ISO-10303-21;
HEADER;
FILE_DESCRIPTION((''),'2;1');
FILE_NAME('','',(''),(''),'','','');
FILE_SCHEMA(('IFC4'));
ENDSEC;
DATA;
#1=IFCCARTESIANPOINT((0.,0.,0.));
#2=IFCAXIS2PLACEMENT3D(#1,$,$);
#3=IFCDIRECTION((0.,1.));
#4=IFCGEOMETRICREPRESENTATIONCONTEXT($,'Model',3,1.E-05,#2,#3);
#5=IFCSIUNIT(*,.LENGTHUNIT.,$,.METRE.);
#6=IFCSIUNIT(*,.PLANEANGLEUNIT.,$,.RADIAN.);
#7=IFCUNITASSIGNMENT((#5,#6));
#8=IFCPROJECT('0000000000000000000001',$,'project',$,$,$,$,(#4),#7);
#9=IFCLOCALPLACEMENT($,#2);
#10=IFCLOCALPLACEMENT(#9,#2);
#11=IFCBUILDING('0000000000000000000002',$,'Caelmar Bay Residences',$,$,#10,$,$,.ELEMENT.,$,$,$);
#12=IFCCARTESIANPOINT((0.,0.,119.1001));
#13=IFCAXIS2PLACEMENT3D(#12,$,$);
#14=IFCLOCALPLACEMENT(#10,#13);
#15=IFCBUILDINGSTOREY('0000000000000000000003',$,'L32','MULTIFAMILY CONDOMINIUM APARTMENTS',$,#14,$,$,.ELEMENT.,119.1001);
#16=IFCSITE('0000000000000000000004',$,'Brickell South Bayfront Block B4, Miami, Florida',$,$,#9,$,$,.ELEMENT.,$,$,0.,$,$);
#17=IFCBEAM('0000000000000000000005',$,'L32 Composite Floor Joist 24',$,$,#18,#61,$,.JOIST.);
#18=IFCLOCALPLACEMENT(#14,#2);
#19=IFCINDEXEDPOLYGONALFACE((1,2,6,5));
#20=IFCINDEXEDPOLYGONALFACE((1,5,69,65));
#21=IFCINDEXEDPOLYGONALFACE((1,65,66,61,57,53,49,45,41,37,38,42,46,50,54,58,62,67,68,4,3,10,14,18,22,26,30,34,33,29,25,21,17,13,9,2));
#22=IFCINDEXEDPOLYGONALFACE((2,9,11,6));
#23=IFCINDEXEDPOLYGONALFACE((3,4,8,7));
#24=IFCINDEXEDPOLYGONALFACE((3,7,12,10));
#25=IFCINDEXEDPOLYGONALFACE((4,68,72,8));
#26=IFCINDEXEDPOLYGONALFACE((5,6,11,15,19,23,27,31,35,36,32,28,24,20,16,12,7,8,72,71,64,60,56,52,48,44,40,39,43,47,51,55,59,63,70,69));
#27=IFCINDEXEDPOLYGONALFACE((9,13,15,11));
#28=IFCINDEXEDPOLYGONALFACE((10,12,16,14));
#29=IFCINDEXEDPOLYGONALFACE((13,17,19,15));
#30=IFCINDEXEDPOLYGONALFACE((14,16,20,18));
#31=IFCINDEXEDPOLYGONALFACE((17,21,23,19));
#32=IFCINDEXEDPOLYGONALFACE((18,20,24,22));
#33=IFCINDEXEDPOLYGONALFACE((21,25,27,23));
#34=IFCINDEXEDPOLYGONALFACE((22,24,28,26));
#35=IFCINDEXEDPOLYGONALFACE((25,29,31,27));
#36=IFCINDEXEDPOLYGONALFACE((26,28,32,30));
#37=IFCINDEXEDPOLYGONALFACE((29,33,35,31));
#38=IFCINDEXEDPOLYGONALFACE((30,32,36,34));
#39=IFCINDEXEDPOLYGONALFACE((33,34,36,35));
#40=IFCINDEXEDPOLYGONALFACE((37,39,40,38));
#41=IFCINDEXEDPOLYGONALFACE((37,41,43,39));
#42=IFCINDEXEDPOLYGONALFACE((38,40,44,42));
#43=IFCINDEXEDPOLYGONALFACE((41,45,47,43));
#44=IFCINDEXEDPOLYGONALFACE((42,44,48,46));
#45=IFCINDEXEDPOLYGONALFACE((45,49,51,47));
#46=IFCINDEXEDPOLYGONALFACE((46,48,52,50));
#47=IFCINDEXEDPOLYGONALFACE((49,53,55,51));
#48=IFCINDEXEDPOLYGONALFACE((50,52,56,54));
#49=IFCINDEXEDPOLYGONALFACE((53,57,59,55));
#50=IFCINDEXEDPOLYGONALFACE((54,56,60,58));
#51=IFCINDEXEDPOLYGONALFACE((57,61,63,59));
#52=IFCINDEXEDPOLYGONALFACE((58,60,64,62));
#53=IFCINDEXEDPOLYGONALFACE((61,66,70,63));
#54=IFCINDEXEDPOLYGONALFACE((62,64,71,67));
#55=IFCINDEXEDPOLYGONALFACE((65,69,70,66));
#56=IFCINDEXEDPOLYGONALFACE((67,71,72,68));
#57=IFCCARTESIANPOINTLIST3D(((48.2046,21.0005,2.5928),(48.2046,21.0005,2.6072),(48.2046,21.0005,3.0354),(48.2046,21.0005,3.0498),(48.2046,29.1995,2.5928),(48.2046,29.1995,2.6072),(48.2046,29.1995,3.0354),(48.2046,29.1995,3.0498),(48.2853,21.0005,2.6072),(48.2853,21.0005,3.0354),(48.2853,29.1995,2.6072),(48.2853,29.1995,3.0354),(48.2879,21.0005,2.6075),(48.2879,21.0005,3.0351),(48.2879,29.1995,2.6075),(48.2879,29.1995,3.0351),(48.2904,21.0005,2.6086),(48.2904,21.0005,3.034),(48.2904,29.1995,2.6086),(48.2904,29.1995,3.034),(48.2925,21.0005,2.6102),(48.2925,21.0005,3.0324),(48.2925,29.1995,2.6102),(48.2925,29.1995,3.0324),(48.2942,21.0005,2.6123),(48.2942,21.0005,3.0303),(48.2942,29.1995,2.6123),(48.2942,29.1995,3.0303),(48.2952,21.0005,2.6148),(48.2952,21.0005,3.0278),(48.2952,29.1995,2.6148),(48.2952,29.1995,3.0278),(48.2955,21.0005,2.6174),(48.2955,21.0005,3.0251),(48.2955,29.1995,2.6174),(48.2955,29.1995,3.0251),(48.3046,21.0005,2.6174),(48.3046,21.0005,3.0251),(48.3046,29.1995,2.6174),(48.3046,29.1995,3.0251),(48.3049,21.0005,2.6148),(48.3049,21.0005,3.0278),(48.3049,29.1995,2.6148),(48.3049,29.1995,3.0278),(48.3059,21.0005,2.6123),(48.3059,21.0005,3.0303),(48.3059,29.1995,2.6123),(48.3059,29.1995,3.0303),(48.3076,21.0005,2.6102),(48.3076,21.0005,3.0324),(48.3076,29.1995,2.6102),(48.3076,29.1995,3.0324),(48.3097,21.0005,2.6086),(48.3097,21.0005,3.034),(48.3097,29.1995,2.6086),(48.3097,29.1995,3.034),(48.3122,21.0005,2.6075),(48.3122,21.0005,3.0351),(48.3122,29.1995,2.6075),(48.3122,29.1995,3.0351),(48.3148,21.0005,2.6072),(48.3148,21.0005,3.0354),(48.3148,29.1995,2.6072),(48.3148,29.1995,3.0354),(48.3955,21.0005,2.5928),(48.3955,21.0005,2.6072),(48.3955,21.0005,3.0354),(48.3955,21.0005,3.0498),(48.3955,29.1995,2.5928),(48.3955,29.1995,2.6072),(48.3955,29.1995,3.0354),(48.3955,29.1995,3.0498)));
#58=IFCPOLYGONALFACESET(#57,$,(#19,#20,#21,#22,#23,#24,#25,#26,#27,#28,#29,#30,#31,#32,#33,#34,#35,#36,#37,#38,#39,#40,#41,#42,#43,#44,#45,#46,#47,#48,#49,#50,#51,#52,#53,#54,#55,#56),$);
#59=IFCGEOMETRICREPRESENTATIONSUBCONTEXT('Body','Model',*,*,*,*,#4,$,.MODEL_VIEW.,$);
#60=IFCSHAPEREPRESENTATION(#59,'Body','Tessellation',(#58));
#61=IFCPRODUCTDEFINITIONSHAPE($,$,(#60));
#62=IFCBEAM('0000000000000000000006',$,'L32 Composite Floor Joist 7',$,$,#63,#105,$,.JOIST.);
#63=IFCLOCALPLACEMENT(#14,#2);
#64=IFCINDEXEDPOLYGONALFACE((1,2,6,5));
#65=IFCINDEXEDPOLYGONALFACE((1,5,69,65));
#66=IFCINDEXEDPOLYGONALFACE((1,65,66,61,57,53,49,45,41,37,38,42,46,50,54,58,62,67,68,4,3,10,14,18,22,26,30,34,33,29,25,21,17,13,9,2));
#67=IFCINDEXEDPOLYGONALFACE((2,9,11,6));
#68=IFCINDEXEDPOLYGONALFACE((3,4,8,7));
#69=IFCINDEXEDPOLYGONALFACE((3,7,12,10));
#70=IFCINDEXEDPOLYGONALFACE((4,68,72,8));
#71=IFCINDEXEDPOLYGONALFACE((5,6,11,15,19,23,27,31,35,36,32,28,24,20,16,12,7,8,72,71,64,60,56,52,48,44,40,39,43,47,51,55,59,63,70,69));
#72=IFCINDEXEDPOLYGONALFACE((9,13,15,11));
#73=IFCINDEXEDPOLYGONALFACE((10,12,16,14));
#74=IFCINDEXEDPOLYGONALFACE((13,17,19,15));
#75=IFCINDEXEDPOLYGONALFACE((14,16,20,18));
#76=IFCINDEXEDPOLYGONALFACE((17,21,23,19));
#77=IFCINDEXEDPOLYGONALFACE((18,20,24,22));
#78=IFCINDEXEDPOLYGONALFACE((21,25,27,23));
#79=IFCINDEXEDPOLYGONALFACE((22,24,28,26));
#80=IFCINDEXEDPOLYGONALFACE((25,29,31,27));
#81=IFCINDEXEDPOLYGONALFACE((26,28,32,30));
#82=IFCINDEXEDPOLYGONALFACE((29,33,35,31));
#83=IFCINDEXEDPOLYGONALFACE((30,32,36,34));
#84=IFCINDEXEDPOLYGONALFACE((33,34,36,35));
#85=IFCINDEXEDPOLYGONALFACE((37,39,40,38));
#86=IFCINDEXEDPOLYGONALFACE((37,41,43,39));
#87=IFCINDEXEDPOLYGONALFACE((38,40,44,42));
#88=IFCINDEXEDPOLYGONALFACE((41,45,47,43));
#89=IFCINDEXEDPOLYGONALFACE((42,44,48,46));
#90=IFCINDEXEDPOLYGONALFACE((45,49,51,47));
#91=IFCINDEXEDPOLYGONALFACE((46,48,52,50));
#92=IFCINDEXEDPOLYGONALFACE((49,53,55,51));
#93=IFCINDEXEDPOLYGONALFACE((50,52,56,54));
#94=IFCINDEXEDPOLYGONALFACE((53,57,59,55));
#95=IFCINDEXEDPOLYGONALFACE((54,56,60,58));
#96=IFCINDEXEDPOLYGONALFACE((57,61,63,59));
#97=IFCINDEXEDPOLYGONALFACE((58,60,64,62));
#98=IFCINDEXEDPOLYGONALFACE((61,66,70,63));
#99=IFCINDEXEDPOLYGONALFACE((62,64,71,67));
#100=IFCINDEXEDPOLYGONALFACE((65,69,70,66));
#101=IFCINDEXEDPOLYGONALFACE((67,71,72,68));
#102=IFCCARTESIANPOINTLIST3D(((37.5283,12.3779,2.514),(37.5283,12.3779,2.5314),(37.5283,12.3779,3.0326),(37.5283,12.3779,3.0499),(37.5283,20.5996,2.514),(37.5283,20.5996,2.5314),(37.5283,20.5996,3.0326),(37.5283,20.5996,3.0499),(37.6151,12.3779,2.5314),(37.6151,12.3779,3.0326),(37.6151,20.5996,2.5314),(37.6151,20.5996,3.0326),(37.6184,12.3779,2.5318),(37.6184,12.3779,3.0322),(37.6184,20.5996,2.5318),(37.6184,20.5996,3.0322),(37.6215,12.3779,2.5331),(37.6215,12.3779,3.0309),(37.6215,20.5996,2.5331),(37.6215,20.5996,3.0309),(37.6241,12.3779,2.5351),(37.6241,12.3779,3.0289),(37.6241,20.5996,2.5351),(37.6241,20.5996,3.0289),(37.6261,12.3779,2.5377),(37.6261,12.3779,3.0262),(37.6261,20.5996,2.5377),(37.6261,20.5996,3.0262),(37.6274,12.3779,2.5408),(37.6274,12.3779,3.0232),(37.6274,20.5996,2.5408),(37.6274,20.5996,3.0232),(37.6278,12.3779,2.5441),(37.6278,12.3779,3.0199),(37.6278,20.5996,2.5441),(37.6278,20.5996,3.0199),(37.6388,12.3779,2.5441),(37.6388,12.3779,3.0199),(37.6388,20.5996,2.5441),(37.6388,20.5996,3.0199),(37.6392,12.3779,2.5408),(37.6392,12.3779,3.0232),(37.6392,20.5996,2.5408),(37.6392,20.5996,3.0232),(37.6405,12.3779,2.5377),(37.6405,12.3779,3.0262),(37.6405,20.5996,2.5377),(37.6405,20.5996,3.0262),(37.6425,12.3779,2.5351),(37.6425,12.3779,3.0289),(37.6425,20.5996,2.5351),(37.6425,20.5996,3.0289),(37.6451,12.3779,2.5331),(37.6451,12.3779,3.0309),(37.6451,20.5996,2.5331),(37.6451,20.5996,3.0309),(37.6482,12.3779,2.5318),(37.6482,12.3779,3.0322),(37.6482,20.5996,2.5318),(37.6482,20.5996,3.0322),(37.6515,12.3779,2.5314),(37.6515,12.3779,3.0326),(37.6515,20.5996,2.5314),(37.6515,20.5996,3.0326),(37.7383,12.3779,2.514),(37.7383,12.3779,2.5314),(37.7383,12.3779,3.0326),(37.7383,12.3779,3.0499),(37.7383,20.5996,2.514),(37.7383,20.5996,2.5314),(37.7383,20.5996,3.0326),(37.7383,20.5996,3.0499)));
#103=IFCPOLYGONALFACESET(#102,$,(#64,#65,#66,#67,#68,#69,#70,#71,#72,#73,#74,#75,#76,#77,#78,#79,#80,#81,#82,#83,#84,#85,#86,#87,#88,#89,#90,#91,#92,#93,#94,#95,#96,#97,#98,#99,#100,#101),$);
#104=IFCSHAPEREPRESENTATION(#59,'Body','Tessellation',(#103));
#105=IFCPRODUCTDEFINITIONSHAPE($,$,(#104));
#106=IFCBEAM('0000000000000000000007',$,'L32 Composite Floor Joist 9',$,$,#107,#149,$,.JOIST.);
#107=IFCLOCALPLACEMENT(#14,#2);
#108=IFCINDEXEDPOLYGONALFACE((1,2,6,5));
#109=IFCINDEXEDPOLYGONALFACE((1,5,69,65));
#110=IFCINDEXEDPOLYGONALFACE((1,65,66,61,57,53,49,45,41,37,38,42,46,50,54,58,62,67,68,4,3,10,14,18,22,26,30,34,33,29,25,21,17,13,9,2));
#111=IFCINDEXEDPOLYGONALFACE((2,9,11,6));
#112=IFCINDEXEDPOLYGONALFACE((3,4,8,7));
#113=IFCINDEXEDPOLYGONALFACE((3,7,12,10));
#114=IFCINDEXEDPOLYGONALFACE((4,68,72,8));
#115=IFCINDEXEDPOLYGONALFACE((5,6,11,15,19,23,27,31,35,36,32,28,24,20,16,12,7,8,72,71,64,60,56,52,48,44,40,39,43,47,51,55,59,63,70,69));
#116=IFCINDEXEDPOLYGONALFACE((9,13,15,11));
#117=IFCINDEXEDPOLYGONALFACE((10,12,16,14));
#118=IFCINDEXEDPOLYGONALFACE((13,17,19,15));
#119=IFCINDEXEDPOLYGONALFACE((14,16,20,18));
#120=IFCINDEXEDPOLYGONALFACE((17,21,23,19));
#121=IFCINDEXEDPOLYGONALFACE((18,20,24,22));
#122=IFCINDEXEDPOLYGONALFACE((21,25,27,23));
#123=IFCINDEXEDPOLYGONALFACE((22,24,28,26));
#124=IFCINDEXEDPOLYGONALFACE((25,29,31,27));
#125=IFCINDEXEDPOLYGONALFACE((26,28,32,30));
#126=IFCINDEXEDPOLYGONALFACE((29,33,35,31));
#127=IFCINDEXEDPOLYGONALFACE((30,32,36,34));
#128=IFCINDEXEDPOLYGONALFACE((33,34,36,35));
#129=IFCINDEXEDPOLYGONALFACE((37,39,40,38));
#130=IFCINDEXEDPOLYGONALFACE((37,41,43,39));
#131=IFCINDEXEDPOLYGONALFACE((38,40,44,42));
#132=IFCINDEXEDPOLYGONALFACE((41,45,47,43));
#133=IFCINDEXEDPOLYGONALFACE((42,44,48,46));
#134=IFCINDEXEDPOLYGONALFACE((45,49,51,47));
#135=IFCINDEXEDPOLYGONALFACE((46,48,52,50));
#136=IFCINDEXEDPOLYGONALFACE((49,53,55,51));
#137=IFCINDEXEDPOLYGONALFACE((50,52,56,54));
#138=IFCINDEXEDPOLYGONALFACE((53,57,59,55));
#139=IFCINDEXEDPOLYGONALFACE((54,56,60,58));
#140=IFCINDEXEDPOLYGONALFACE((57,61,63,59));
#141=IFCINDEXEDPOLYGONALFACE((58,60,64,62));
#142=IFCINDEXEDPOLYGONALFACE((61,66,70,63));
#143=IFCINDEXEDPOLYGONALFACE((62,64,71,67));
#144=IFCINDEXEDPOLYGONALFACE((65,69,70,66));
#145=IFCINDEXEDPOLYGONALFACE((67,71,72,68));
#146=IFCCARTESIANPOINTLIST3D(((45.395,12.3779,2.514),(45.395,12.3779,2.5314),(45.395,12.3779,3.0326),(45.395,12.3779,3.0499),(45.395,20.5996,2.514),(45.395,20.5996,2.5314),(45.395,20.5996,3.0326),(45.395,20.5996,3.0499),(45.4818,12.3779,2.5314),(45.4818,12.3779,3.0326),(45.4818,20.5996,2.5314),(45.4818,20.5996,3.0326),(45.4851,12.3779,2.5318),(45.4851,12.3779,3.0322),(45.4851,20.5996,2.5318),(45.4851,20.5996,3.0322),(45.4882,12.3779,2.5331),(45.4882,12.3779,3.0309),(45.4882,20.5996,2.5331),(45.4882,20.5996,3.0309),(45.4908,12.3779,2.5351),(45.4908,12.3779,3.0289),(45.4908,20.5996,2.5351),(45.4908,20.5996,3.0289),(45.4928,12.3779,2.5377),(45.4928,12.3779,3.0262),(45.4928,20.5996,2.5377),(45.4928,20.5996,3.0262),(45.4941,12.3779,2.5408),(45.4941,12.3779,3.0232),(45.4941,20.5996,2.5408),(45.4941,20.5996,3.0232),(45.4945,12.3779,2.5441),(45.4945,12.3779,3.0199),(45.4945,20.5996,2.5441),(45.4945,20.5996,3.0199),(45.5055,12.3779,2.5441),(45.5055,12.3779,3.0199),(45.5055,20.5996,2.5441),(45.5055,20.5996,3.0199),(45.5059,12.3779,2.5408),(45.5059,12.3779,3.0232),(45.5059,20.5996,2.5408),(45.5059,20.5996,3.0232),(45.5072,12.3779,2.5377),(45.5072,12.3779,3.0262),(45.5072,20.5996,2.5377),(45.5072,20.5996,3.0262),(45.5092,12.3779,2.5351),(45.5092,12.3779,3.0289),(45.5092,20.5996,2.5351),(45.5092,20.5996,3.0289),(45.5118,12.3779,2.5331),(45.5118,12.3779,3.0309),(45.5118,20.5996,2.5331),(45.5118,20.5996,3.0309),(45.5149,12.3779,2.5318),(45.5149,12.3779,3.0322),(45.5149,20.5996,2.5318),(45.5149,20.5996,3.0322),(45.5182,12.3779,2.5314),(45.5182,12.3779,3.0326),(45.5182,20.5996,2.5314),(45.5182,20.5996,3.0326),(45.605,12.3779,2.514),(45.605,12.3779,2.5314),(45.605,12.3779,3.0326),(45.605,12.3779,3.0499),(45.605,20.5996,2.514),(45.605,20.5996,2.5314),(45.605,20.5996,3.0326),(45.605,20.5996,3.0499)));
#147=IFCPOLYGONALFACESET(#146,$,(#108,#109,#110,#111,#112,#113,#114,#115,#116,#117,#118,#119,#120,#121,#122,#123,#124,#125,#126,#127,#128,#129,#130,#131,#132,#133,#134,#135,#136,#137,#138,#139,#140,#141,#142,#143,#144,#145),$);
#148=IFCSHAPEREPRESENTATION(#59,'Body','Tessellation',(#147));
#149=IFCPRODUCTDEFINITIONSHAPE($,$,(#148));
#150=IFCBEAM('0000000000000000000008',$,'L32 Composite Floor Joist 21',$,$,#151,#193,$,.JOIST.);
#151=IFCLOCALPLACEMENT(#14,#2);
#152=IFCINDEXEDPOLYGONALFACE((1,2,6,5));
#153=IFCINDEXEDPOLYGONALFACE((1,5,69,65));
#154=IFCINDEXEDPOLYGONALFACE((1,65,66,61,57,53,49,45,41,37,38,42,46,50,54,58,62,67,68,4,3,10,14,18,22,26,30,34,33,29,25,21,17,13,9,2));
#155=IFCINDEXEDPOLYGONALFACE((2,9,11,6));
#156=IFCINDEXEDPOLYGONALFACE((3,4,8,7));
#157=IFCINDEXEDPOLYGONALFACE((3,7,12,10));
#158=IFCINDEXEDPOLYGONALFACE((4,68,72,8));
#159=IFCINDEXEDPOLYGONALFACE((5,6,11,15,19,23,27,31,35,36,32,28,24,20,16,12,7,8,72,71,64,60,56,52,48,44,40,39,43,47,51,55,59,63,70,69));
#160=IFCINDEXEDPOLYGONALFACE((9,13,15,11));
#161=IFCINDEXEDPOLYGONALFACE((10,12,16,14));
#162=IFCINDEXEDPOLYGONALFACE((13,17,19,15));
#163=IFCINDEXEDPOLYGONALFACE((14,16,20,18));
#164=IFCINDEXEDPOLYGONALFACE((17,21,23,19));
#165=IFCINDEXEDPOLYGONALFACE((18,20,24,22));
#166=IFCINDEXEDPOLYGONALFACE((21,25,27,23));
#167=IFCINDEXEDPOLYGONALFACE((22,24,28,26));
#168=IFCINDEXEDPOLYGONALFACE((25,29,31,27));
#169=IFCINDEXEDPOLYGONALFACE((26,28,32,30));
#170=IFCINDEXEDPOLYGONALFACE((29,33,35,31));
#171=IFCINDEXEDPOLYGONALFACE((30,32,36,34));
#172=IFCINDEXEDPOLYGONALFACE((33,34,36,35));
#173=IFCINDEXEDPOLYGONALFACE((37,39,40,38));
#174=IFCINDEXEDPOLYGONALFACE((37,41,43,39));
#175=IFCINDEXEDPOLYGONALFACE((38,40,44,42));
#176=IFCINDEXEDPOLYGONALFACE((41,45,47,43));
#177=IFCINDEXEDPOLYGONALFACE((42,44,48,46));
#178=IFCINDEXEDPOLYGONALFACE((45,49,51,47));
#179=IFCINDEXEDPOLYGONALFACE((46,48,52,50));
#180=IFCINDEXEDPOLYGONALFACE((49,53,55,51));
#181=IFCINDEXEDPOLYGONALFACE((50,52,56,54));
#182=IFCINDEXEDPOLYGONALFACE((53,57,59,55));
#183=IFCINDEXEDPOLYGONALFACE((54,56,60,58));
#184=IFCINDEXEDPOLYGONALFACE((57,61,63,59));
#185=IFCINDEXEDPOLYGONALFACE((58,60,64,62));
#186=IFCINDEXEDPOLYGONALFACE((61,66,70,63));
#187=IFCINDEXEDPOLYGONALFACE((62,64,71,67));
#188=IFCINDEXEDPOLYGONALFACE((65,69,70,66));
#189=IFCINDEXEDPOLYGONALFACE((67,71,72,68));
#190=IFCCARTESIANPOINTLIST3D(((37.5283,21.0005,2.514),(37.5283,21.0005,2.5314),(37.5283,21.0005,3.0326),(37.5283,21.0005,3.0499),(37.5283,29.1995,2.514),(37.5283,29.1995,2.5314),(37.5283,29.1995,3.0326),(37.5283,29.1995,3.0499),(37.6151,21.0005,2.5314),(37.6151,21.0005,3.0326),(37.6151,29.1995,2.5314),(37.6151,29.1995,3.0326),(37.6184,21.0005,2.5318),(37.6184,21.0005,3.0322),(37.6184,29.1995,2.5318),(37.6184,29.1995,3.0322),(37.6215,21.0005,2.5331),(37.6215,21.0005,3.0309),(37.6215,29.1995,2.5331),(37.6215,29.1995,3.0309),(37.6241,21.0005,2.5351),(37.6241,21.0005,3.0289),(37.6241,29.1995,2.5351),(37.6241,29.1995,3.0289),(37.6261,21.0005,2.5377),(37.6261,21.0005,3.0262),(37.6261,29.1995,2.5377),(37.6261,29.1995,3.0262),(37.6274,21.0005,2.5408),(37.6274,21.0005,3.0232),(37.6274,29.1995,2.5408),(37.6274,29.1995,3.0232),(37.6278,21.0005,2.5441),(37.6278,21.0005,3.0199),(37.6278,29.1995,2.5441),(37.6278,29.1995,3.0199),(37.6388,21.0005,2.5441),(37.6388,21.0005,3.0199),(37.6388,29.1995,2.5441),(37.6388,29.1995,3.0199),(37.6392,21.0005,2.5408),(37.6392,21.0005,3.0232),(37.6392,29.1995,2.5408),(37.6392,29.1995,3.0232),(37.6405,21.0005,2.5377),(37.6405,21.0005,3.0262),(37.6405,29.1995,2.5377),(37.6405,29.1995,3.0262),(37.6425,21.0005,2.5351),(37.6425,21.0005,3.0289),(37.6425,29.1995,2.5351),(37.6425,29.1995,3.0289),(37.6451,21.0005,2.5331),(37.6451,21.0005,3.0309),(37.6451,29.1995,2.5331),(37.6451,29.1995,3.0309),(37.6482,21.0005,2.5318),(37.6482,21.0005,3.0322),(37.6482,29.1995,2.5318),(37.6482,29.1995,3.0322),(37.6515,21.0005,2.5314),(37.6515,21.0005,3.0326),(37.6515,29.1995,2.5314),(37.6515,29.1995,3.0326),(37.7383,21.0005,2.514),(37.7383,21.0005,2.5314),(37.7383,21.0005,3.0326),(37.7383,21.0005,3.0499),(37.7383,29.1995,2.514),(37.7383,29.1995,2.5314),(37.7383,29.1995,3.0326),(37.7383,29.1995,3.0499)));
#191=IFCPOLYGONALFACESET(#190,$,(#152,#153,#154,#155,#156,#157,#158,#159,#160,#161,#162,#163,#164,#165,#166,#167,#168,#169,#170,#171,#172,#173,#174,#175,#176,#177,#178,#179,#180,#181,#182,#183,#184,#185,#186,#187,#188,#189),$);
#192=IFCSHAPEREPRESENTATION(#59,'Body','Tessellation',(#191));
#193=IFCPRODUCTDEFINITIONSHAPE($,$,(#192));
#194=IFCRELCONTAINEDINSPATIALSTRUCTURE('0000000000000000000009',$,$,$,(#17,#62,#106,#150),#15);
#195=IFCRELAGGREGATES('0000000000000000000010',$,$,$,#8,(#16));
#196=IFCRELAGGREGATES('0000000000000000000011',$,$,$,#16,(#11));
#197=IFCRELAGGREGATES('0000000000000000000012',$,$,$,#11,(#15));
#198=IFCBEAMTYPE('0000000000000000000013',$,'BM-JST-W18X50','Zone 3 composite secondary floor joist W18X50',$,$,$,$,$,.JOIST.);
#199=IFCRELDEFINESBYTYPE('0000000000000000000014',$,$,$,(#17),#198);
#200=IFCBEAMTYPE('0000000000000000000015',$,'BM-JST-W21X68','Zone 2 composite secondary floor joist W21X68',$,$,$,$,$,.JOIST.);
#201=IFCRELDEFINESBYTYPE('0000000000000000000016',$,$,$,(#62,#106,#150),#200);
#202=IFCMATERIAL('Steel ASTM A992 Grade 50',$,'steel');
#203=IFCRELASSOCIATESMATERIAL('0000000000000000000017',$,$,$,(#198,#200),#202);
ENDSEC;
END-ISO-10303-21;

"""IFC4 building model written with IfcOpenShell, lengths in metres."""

from ifc_helpers import new_model, si_unit, direction, frame, origin, origin_2d, place, context, subcontext, project, spatial, i_section, extrude, material, material_profile, profile_set, type_object, element, save


model = new_model("IFC4")

# Units and contexts
model_context = context("Model", 3, precision=1e-05, world=origin(), true_north=direction((0.0, 1.0)))
body_context = subcontext(model_context, "Body", "Model", "MODEL_VIEW")
ifc_project = project(units=[si_unit("LENGTHUNIT", "METRE"), si_unit("PLANEANGLEUNIT", "RADIAN")], contexts=[model_context])

# Site, building, storey
site_placement = place(None, origin())
site = spatial("IfcSite", under=ifc_project, at=site_placement, Name="Brickell South Bayfront Block B4, Miami, Florida", CompositionType="ELEMENT", RefElevation=0.0)
building_placement = place(site_placement, origin())
building = spatial("IfcBuilding", under=site, at=building_placement, Name="Caelmar Bay Residences", CompositionType="ELEMENT")
storey_placement = place(building_placement, frame((0.0, 0.0, 119.1001)))
storey = spatial("IfcBuildingStorey", under=building, at=storey_placement, Name="L32", Description="MULTIFAMILY CONDOMINIUM APARTMENTS", CompositionType="ELEMENT", Elevation=119.1001)

# Beams
ifc_material_1 = material(Name="Steel ASTM A992 Grade 50", Category="steel")
ifc_material_profile_1 = material_profile(ifc_material_1, i_section(OverallWidth=0.1909, OverallDepth=0.457, WebThickness=0.009, FlangeThickness=0.0144, FilletRadius=0.0103, at=origin_2d()), Name="W18X50")
ifc_profile_set_1 = profile_set([ifc_material_profile_1], Name="Steel ASTM A992 Grade 50")
beam_type_1 = type_object("IfcBeamType", Name="BM-JST-W18X50", Description="Zone 3 composite secondary floor joist W18X50", PredefinedType="JOIST", material=ifc_profile_set_1)
for number, where, z_axis, x_axis, name in (
    (1, (48.3, 21.0005, 2.8213), (0.0, 1.0, 0.0), (-1.0, 0.0, 0.0), "L32 Composite Floor Joist 24"),
):
    element("IfcBeam", number, at=place(storey_placement, frame(where, z_axis=z_axis, x_axis=x_axis)), inside=storey, type_object=beam_type_1, Name=name, PredefinedType="JOIST", context=body_context, shape_type="SweptSolid", body=[
        extrude(i_section(OverallWidth=0.1909, OverallDepth=0.457, WebThickness=0.009, FlangeThickness=0.0144, FilletRadius=0.0103, at=origin_2d()), origin(), (0.0, 0.0, 1.0), 8.199),
    ])
ifc_material_profile_2 = material_profile(ifc_material_1, i_section(OverallWidth=0.21, OverallDepth=0.5359, WebThickness=0.011, FlangeThickness=0.0173, FilletRadius=0.0127, at=origin_2d()), Name="W21X68")
ifc_profile_set_2 = profile_set([ifc_material_profile_2], Name="Steel ASTM A992 Grade 50")
beam_type_2 = type_object("IfcBeamType", Name="BM-JST-W21X68", Description="Zone 2 composite secondary floor joist W21X68", PredefinedType="JOIST", material=ifc_profile_set_2)
for number, where, z_axis, x_axis, name in (
    (2, (37.6333, 12.3779, 2.782), (0.0, 1.0, 0.0), (-1.0, 0.0, 0.0), "L32 Composite Floor Joist 7"),
    (3, (45.5, 12.3779, 2.782), (0.0, 1.0, 0.0), (-1.0, 0.0, 0.0), "L32 Composite Floor Joist 9"),
):
    element("IfcBeam", number, at=place(storey_placement, frame(where, z_axis=z_axis, x_axis=x_axis)), inside=storey, type_object=beam_type_2, Name=name, PredefinedType="JOIST", context=body_context, shape_type="SweptSolid", body=[
        extrude(i_section(OverallWidth=0.21, OverallDepth=0.5359, WebThickness=0.011, FlangeThickness=0.0173, FilletRadius=0.0127, at=origin_2d()), origin(), (0.0, 0.0, 1.0), 8.2217),
    ])
for number, where, z_axis, x_axis, name in (
    (4, (37.6333, 21.0005, 2.782), (0.0, 1.0, 0.0), (-1.0, 0.0, 0.0), "L32 Composite Floor Joist 21"),
):
    element("IfcBeam", number, at=place(storey_placement, frame(where, z_axis=z_axis, x_axis=x_axis)), inside=storey, type_object=beam_type_2, Name=name, PredefinedType="JOIST", context=body_context, shape_type="SweptSolid", body=[
        extrude(i_section(OverallWidth=0.21, OverallDepth=0.5359, WebThickness=0.011, FlangeThickness=0.0173, FilletRadius=0.0127, at=origin_2d()), origin(), (0.0, 0.0, 1.0), 8.199),
    ])

save(model, "model.ifc")
